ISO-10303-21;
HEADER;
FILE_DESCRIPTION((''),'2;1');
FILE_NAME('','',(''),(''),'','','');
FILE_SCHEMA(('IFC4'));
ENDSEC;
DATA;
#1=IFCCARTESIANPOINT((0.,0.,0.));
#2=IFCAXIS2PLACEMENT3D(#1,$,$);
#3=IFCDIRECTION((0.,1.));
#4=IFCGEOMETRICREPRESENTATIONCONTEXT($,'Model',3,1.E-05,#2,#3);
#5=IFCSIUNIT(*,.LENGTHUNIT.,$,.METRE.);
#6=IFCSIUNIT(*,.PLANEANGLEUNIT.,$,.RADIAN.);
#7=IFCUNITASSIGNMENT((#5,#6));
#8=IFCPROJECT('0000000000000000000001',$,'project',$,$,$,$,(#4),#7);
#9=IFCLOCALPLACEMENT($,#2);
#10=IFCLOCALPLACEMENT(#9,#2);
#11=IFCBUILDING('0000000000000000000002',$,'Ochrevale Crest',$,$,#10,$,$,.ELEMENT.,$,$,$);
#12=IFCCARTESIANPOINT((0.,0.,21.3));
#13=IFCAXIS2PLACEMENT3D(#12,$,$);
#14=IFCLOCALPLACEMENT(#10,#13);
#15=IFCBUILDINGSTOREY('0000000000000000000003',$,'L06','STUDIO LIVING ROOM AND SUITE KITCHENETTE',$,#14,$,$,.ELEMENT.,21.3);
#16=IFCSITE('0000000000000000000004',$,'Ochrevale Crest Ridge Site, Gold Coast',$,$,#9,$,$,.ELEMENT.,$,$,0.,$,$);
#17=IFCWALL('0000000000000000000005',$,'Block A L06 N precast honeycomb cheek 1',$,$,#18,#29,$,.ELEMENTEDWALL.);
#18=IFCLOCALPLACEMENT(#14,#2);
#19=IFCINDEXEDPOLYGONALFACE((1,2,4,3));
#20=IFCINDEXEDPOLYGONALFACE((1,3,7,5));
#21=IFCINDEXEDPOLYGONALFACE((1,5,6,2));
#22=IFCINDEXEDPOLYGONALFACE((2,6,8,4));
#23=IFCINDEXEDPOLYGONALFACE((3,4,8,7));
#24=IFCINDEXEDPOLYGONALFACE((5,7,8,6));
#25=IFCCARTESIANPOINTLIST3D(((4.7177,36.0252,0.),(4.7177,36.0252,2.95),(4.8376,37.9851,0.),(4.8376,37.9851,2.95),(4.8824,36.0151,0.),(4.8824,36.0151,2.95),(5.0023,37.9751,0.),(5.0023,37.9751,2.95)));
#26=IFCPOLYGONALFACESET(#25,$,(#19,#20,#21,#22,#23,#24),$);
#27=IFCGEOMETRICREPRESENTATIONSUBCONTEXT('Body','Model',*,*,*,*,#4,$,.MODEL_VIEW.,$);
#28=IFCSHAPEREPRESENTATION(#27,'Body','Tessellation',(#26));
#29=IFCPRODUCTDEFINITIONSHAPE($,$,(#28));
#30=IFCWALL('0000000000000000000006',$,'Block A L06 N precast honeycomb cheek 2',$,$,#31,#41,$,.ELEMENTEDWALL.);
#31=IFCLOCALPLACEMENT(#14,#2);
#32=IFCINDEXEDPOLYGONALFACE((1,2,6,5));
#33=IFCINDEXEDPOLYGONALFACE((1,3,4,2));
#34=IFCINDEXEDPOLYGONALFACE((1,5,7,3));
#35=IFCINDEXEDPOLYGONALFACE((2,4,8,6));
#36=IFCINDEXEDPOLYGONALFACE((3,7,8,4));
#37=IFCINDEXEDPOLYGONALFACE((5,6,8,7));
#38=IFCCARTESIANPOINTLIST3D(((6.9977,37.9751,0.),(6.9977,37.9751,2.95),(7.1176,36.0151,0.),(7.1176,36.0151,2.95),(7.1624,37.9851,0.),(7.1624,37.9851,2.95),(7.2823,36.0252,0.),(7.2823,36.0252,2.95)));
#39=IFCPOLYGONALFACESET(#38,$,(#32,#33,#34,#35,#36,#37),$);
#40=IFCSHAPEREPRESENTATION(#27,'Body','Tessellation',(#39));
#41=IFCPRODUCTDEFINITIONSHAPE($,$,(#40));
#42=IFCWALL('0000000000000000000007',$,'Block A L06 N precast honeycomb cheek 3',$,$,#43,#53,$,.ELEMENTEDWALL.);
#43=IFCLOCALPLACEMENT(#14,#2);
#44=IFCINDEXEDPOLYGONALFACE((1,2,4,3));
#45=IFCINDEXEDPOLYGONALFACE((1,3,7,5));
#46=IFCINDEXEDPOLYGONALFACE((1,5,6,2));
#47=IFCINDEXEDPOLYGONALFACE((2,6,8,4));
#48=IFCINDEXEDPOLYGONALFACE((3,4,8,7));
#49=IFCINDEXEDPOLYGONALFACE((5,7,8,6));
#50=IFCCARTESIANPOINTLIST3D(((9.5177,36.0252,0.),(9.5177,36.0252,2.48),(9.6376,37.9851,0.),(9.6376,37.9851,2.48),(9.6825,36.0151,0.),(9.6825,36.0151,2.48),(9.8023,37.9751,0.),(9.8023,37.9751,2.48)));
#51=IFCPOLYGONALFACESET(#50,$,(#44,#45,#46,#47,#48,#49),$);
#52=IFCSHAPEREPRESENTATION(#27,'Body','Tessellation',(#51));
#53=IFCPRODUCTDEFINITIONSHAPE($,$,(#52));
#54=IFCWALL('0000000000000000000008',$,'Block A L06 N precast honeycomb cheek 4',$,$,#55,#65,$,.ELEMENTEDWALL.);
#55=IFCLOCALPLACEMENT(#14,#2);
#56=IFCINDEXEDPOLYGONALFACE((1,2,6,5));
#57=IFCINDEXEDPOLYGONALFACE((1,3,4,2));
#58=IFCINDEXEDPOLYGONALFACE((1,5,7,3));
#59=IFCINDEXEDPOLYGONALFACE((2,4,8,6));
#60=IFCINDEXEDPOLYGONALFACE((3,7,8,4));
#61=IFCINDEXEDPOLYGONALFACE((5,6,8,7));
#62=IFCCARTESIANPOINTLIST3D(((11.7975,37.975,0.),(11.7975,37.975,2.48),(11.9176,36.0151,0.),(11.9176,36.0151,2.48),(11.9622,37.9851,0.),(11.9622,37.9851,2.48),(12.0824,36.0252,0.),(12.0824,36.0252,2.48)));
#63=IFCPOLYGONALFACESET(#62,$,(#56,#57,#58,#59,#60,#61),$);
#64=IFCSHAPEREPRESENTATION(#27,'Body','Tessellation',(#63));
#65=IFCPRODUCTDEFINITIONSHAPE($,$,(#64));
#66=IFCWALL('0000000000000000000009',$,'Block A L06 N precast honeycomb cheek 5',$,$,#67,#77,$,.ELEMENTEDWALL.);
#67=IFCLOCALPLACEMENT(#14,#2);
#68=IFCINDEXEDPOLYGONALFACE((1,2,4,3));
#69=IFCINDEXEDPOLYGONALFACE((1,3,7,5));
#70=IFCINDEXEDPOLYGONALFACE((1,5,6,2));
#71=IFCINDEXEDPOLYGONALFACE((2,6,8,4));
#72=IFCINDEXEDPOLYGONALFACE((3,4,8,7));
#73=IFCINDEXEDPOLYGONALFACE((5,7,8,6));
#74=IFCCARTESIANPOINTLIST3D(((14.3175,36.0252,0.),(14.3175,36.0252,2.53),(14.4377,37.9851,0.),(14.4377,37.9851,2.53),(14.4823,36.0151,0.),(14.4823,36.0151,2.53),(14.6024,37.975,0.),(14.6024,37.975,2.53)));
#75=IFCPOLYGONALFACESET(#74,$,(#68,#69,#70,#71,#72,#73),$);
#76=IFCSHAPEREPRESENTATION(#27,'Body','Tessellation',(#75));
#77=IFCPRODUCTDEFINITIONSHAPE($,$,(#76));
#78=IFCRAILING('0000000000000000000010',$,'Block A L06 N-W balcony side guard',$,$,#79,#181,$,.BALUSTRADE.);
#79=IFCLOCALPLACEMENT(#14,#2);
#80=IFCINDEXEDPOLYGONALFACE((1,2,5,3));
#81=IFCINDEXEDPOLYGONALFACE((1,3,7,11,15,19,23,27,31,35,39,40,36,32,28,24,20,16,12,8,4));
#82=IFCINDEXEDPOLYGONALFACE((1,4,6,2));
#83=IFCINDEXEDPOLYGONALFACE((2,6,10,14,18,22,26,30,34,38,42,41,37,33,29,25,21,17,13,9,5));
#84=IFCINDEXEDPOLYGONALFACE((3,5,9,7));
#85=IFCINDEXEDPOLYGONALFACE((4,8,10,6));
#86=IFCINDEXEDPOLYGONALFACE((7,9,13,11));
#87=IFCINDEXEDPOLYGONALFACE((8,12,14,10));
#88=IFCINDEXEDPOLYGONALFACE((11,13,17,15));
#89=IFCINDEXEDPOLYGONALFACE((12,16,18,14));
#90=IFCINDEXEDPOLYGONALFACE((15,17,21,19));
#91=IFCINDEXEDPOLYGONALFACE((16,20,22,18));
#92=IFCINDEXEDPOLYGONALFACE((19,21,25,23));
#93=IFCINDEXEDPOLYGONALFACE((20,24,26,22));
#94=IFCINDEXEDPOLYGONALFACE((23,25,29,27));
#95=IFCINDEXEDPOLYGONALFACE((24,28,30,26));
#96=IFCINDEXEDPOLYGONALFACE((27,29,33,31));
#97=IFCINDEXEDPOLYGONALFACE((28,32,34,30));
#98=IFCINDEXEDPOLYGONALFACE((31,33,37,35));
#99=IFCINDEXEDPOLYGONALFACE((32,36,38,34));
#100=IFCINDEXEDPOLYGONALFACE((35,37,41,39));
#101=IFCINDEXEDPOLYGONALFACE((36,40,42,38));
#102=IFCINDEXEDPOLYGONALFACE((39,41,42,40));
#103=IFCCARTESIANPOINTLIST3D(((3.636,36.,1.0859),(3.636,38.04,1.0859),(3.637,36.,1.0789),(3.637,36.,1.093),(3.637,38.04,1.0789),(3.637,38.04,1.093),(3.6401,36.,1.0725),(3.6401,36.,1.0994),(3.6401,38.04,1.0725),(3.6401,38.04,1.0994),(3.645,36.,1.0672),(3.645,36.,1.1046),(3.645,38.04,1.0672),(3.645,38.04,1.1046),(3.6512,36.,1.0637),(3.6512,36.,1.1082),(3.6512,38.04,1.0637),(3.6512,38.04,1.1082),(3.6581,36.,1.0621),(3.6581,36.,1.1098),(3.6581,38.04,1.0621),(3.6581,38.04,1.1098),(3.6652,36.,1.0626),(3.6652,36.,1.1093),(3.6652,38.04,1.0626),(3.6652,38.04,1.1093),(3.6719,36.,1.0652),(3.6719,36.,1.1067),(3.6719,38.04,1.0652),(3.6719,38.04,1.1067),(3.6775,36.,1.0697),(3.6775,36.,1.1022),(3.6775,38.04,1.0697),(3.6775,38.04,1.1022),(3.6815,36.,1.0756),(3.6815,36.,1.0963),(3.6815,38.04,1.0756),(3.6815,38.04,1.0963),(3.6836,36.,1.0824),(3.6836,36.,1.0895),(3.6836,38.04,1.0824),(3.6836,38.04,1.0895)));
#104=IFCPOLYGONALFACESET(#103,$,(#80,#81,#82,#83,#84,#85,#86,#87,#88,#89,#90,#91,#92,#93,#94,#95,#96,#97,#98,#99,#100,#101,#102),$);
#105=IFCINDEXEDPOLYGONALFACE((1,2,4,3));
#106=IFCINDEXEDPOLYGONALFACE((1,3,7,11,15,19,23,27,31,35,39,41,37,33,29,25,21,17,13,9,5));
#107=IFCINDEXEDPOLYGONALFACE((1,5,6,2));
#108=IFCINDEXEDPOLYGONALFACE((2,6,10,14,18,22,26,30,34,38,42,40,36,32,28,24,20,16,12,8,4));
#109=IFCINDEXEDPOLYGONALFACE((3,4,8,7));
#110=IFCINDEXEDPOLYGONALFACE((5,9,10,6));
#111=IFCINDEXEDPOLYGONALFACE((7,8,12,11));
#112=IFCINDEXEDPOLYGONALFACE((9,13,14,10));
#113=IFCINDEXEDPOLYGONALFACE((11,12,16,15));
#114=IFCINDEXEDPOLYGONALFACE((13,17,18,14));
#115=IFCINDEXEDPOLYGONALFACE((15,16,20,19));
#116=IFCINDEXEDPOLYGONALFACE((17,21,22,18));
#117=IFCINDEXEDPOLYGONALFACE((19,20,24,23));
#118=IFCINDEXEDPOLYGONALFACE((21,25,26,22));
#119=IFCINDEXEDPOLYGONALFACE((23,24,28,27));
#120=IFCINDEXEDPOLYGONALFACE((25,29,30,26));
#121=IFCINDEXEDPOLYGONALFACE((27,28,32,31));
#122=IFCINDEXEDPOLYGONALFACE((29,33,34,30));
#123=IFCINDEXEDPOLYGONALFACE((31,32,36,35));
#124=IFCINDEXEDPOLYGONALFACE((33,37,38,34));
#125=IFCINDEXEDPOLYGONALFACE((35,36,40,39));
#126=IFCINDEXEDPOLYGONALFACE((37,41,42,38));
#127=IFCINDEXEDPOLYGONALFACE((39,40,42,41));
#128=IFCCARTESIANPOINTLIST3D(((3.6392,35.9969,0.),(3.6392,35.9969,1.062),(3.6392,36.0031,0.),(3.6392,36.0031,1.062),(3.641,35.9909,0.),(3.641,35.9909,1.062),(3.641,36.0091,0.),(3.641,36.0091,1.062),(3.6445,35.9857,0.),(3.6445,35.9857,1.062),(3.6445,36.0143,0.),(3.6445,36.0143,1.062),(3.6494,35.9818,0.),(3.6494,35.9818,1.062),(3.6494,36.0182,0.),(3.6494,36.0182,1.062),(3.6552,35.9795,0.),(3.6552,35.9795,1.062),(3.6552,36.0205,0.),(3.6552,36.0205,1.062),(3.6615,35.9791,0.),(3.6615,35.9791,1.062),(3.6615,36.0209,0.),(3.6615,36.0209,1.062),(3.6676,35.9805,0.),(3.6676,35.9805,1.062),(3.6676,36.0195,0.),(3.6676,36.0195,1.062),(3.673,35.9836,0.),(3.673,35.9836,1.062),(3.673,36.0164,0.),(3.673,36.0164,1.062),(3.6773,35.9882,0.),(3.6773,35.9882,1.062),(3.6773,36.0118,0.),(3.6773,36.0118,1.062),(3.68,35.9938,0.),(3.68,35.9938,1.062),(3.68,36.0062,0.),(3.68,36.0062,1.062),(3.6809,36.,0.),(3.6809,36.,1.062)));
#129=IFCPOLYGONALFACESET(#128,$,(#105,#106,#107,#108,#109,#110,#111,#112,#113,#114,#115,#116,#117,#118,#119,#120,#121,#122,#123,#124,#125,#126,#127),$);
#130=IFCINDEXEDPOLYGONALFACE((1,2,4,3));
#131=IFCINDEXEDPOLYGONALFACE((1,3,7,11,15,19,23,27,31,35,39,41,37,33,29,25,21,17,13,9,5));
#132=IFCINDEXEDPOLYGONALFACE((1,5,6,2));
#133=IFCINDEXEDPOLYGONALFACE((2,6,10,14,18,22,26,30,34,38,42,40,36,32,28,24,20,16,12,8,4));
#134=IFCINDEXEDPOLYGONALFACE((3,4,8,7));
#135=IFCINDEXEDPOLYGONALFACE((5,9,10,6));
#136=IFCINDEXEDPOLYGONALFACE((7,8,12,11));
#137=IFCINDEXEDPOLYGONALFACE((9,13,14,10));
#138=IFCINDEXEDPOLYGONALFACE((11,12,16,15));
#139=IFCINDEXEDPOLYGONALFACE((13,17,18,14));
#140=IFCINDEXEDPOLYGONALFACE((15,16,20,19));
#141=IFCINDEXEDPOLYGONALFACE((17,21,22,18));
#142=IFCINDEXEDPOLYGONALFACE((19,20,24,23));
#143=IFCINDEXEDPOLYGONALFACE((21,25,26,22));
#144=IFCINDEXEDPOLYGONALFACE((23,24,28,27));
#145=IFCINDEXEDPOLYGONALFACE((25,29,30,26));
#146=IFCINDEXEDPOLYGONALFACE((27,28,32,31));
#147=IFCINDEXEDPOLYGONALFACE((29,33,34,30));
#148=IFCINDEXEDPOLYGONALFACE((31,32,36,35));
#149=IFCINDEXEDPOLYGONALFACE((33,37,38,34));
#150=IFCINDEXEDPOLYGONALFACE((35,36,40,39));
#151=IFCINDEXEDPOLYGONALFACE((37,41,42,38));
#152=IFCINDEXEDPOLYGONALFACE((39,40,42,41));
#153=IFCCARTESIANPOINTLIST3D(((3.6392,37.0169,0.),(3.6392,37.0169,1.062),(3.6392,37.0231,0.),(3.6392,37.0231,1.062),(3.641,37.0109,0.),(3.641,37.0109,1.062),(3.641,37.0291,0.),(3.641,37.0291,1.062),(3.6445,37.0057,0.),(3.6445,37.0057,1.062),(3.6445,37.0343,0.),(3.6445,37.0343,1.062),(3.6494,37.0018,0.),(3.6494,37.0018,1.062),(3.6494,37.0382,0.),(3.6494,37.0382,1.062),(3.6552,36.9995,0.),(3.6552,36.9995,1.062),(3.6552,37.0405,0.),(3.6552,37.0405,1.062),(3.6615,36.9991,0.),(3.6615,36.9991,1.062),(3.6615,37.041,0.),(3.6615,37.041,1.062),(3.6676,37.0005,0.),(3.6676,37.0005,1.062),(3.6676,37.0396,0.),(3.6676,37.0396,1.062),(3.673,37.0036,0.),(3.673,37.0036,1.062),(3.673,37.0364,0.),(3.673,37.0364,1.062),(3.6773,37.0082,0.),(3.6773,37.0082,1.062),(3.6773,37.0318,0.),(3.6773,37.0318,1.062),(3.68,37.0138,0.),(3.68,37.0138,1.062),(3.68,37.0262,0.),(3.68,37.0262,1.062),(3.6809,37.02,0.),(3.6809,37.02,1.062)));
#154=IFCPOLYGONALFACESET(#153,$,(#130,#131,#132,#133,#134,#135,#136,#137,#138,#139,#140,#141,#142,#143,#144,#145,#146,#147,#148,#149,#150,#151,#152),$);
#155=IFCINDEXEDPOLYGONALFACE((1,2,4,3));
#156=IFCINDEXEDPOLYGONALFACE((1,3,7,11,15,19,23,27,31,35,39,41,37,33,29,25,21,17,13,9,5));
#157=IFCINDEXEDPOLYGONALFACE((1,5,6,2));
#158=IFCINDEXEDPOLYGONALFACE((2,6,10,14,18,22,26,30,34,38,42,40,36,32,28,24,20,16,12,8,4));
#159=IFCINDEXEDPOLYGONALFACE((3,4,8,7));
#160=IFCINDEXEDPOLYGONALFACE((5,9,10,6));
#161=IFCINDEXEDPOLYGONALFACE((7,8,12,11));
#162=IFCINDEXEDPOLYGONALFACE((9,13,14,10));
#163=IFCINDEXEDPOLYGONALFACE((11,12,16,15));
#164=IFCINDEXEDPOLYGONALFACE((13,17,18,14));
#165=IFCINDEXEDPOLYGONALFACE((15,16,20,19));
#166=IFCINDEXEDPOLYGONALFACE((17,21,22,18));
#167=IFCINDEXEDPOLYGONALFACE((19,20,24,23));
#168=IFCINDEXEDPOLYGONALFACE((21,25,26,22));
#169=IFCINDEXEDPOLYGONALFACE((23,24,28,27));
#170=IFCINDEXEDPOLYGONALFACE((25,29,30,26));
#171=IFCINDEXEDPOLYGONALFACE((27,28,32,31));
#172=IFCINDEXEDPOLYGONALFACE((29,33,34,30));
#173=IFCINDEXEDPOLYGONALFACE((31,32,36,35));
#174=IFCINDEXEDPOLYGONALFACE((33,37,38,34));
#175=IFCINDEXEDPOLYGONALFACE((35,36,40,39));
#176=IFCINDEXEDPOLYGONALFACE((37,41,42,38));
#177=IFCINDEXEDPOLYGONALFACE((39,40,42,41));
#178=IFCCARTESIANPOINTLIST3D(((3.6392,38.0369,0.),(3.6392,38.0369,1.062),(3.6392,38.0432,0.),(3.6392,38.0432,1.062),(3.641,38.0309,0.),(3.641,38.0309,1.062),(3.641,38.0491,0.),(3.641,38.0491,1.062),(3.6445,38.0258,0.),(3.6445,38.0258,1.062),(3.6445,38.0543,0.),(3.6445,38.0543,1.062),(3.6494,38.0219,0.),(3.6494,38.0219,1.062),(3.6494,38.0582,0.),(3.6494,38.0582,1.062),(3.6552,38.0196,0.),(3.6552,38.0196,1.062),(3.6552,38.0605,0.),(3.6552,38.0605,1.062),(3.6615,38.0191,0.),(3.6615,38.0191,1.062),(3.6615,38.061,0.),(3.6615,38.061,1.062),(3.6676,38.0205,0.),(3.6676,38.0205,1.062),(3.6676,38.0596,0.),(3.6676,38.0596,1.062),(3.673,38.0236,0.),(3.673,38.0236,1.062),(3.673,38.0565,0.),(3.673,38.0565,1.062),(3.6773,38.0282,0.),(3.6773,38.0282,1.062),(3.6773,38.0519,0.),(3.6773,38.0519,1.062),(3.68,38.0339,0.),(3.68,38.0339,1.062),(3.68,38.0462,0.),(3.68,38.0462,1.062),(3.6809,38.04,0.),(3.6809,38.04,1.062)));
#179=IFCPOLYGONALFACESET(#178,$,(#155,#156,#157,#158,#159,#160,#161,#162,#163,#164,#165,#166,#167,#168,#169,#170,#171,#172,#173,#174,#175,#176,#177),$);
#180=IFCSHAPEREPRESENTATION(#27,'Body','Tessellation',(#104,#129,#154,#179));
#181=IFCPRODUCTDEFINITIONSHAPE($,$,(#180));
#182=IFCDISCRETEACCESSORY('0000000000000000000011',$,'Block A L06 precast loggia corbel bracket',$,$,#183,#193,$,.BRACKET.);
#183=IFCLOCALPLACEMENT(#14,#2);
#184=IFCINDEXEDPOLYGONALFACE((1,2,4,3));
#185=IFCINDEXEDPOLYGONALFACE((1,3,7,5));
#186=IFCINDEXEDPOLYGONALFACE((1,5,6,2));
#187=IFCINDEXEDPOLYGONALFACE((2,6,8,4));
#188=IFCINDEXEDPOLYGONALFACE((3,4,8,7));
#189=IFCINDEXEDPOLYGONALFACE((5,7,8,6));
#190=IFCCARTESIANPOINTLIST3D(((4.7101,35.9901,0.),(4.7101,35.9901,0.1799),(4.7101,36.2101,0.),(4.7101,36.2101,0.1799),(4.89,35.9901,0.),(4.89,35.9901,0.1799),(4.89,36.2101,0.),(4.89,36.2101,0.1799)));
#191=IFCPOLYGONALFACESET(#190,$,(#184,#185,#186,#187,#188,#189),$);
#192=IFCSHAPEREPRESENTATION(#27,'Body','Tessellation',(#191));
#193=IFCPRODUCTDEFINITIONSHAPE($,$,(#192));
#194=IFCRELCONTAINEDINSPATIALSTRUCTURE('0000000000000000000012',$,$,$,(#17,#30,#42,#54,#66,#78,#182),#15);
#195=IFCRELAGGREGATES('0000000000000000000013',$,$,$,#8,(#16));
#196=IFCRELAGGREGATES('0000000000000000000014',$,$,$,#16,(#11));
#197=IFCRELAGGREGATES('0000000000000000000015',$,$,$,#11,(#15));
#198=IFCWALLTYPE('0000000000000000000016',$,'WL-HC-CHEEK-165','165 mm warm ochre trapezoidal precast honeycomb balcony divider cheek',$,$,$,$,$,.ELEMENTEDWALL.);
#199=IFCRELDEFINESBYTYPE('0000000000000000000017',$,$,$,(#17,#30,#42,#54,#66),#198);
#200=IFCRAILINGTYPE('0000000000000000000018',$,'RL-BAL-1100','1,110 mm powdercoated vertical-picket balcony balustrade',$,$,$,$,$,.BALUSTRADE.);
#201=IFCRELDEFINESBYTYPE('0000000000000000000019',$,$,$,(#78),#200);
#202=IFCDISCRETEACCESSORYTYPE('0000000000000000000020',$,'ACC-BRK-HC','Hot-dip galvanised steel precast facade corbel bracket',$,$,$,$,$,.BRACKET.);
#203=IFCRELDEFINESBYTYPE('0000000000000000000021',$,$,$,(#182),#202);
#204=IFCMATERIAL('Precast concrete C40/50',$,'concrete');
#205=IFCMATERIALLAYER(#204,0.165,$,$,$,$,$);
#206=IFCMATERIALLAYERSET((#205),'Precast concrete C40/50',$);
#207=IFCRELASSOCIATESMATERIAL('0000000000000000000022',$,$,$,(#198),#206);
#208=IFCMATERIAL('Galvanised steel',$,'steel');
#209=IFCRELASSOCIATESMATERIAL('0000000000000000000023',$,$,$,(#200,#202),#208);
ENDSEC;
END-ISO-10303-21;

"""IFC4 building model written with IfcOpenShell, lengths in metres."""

from ifc_helpers import new_model, si_unit, direction, frame, frame_2d, origin, origin_2d, place, context, subcontext, project, spatial, rectangle, circle, extrude, material, layer, layer_set, type_object, element, save


model = new_model("IFC4")

# Units and contexts
model_context = context("Model", 3, precision=1e-05, world=origin(), true_north=direction((0.0, 1.0)))
body_context = subcontext(model_context, "Body", "Model", "MODEL_VIEW")
ifc_project = project(units=[si_unit("LENGTHUNIT", "METRE"), si_unit("PLANEANGLEUNIT", "RADIAN")], contexts=[model_context])

# Site, building, storey
site_placement = place(None, origin())
site = spatial("IfcSite", under=ifc_project, at=site_placement, Name="Ochrevale Crest Ridge Site, Gold Coast", CompositionType="ELEMENT", RefElevation=0.0)
building_placement = place(site_placement, origin())
building = spatial("IfcBuilding", under=site, at=building_placement, Name="Ochrevale Crest", CompositionType="ELEMENT")
storey_placement = place(building_placement, frame((0.0, 0.0, 21.3)))
storey = spatial("IfcBuildingStorey", under=building, at=storey_placement, Name="L06", Description="STUDIO LIVING ROOM AND SUITE KITCHENETTE", CompositionType="ELEMENT", Elevation=21.3)

# Shared definitions
ifc_material_1 = material(Name="Precast concrete C40/50", Category="concrete")

# Walls
ifc_layer_1 = layer(ifc_material_1, 0.165)
ifc_layer_set_1 = layer_set([ifc_layer_1], Name="Precast concrete C40/50")
wall_type_1 = type_object("IfcWallType", Name="WL-HC-CHEEK-165", Description="165 mm warm ochre trapezoidal precast honeycomb balcony divider cheek", PredefinedType="ELEMENTEDWALL", material=ifc_layer_set_1)
for number, where, z_axis, x_axis, name in (
    (1, (4.8, 36.02, 0.0), (0.0, 0.0, 1.0), (0.061047, 0.998135, 0.0), "Block A L06 N precast honeycomb cheek 1"),
    (2, (7.2, 36.02, 0.0), (0.0, 0.0, 1.0), (-0.061047, 0.998135, 0.0), "Block A L06 N precast honeycomb cheek 2"),
):
    element("IfcWall", number, at=place(storey_placement, frame(where, z_axis=z_axis, x_axis=x_axis)), inside=storey, type_object=wall_type_1, Name=name, PredefinedType="ELEMENTEDWALL", context=body_context, shape_type="SweptSolid", body=[
        extrude(rectangle(XDim=1.9636, YDim=0.165, at=frame_2d((0.9819, 0.0))), origin(), (0.0, 0.0, 1.0), 2.95),
    ])
for number, where, z_axis, x_axis, name in (
    (3, (9.6001, 36.02, 0.0), (0.0, 0.0, 1.0), (0.061047, 0.998135, 0.0), "Block A L06 N precast honeycomb cheek 3"),
    (4, (12.0, 36.02, 0.0), (0.0, 0.0, 1.0), (-0.061171, 0.998127, 0.0), "Block A L06 N precast honeycomb cheek 4"),
):
    element("IfcWall", number, at=place(storey_placement, frame(where, z_axis=z_axis, x_axis=x_axis)), inside=storey, type_object=wall_type_1, Name=name, PredefinedType="ELEMENTEDWALL", context=body_context, shape_type="SweptSolid", body=[
        extrude(rectangle(XDim=1.9636, YDim=0.165, at=frame_2d((0.9819, 0.0))), origin(), (0.0, 0.0, 1.0), 2.48),
    ])
wall_1_placement = place(storey_placement, frame((14.3999, 36.02, 0.0), z_axis=(0.0, 0.0, 1.0), x_axis=(0.061171, 0.998127, 0.0)))
element("IfcWall", 5, at=wall_1_placement, inside=storey, type_object=wall_type_1, Name="Block A L06 N precast honeycomb cheek 5", PredefinedType="ELEMENTEDWALL", context=body_context, shape_type="SweptSolid", body=[
    extrude(rectangle(XDim=1.9636, YDim=0.165, at=frame_2d((0.9819, 0.0))), origin(), (0.0, 0.0, 1.0), 2.53),
])

# Railing
ifc_material_2 = material(Name="Galvanised steel", Category="steel")
railing_type = type_object("IfcRailingType", Name="RL-BAL-1100", Description="1,110 mm powdercoated vertical-picket balcony balustrade", PredefinedType="BALUSTRADE", material=ifc_material_2)
railing_placement = place(storey_placement, frame((3.6599, 36.0, 0.0)))
element("IfcRailing", 6, at=railing_placement, inside=storey, type_object=railing_type, Name="Block A L06 N-W balcony side guard", PredefinedType="BALUSTRADE", context=body_context, shape_type="SweptSolid", body=[
    extrude(circle(Radius=0.0239, at=origin_2d()), frame((0.0, 0.0, 1.0859), z_axis=(0.0, 1.0, 0.0), x_axis=(-1.0, 0.0, 0.0)), (0.0, 0.0, 1.0), 2.04),
    extrude(circle(Radius=0.021, at=origin_2d()), origin(), (0.0, 0.0, 1.0), 1.062),
    extrude(circle(Radius=0.021, at=origin_2d()), frame((0.0, 1.02, 0.0)), (0.0, 0.0, 1.0), 1.062),
    extrude(circle(Radius=0.021, at=origin_2d()), frame((0.0, 2.04, 0.0)), (0.0, 0.0, 1.0), 1.062),
])

# Discrete accessory
discrete_accessory_type = type_object("IfcDiscreteAccessoryType", Name="ACC-BRK-HC", Description="Hot-dip galvanised steel precast facade corbel bracket", PredefinedType="BRACKET", material=ifc_material_2)
discrete_accessory_placement = place(storey_placement, frame((4.8, 36.1001, 0.0), z_axis=(0.0, 0.0, 1.0), x_axis=(1.0, 0.0, 0.0)))
element("IfcDiscreteAccessory", 7, at=discrete_accessory_placement, inside=storey, type_object=discrete_accessory_type, Name="Block A L06 precast loggia corbel bracket", PredefinedType="BRACKET", context=body_context, shape_type="SweptSolid", body=[
    extrude(rectangle(XDim=0.1799, YDim=0.22, at=origin_2d()), origin(), (0.0, 0.0, 1.0), 0.1799),
])

save(model, "model.ifc")
